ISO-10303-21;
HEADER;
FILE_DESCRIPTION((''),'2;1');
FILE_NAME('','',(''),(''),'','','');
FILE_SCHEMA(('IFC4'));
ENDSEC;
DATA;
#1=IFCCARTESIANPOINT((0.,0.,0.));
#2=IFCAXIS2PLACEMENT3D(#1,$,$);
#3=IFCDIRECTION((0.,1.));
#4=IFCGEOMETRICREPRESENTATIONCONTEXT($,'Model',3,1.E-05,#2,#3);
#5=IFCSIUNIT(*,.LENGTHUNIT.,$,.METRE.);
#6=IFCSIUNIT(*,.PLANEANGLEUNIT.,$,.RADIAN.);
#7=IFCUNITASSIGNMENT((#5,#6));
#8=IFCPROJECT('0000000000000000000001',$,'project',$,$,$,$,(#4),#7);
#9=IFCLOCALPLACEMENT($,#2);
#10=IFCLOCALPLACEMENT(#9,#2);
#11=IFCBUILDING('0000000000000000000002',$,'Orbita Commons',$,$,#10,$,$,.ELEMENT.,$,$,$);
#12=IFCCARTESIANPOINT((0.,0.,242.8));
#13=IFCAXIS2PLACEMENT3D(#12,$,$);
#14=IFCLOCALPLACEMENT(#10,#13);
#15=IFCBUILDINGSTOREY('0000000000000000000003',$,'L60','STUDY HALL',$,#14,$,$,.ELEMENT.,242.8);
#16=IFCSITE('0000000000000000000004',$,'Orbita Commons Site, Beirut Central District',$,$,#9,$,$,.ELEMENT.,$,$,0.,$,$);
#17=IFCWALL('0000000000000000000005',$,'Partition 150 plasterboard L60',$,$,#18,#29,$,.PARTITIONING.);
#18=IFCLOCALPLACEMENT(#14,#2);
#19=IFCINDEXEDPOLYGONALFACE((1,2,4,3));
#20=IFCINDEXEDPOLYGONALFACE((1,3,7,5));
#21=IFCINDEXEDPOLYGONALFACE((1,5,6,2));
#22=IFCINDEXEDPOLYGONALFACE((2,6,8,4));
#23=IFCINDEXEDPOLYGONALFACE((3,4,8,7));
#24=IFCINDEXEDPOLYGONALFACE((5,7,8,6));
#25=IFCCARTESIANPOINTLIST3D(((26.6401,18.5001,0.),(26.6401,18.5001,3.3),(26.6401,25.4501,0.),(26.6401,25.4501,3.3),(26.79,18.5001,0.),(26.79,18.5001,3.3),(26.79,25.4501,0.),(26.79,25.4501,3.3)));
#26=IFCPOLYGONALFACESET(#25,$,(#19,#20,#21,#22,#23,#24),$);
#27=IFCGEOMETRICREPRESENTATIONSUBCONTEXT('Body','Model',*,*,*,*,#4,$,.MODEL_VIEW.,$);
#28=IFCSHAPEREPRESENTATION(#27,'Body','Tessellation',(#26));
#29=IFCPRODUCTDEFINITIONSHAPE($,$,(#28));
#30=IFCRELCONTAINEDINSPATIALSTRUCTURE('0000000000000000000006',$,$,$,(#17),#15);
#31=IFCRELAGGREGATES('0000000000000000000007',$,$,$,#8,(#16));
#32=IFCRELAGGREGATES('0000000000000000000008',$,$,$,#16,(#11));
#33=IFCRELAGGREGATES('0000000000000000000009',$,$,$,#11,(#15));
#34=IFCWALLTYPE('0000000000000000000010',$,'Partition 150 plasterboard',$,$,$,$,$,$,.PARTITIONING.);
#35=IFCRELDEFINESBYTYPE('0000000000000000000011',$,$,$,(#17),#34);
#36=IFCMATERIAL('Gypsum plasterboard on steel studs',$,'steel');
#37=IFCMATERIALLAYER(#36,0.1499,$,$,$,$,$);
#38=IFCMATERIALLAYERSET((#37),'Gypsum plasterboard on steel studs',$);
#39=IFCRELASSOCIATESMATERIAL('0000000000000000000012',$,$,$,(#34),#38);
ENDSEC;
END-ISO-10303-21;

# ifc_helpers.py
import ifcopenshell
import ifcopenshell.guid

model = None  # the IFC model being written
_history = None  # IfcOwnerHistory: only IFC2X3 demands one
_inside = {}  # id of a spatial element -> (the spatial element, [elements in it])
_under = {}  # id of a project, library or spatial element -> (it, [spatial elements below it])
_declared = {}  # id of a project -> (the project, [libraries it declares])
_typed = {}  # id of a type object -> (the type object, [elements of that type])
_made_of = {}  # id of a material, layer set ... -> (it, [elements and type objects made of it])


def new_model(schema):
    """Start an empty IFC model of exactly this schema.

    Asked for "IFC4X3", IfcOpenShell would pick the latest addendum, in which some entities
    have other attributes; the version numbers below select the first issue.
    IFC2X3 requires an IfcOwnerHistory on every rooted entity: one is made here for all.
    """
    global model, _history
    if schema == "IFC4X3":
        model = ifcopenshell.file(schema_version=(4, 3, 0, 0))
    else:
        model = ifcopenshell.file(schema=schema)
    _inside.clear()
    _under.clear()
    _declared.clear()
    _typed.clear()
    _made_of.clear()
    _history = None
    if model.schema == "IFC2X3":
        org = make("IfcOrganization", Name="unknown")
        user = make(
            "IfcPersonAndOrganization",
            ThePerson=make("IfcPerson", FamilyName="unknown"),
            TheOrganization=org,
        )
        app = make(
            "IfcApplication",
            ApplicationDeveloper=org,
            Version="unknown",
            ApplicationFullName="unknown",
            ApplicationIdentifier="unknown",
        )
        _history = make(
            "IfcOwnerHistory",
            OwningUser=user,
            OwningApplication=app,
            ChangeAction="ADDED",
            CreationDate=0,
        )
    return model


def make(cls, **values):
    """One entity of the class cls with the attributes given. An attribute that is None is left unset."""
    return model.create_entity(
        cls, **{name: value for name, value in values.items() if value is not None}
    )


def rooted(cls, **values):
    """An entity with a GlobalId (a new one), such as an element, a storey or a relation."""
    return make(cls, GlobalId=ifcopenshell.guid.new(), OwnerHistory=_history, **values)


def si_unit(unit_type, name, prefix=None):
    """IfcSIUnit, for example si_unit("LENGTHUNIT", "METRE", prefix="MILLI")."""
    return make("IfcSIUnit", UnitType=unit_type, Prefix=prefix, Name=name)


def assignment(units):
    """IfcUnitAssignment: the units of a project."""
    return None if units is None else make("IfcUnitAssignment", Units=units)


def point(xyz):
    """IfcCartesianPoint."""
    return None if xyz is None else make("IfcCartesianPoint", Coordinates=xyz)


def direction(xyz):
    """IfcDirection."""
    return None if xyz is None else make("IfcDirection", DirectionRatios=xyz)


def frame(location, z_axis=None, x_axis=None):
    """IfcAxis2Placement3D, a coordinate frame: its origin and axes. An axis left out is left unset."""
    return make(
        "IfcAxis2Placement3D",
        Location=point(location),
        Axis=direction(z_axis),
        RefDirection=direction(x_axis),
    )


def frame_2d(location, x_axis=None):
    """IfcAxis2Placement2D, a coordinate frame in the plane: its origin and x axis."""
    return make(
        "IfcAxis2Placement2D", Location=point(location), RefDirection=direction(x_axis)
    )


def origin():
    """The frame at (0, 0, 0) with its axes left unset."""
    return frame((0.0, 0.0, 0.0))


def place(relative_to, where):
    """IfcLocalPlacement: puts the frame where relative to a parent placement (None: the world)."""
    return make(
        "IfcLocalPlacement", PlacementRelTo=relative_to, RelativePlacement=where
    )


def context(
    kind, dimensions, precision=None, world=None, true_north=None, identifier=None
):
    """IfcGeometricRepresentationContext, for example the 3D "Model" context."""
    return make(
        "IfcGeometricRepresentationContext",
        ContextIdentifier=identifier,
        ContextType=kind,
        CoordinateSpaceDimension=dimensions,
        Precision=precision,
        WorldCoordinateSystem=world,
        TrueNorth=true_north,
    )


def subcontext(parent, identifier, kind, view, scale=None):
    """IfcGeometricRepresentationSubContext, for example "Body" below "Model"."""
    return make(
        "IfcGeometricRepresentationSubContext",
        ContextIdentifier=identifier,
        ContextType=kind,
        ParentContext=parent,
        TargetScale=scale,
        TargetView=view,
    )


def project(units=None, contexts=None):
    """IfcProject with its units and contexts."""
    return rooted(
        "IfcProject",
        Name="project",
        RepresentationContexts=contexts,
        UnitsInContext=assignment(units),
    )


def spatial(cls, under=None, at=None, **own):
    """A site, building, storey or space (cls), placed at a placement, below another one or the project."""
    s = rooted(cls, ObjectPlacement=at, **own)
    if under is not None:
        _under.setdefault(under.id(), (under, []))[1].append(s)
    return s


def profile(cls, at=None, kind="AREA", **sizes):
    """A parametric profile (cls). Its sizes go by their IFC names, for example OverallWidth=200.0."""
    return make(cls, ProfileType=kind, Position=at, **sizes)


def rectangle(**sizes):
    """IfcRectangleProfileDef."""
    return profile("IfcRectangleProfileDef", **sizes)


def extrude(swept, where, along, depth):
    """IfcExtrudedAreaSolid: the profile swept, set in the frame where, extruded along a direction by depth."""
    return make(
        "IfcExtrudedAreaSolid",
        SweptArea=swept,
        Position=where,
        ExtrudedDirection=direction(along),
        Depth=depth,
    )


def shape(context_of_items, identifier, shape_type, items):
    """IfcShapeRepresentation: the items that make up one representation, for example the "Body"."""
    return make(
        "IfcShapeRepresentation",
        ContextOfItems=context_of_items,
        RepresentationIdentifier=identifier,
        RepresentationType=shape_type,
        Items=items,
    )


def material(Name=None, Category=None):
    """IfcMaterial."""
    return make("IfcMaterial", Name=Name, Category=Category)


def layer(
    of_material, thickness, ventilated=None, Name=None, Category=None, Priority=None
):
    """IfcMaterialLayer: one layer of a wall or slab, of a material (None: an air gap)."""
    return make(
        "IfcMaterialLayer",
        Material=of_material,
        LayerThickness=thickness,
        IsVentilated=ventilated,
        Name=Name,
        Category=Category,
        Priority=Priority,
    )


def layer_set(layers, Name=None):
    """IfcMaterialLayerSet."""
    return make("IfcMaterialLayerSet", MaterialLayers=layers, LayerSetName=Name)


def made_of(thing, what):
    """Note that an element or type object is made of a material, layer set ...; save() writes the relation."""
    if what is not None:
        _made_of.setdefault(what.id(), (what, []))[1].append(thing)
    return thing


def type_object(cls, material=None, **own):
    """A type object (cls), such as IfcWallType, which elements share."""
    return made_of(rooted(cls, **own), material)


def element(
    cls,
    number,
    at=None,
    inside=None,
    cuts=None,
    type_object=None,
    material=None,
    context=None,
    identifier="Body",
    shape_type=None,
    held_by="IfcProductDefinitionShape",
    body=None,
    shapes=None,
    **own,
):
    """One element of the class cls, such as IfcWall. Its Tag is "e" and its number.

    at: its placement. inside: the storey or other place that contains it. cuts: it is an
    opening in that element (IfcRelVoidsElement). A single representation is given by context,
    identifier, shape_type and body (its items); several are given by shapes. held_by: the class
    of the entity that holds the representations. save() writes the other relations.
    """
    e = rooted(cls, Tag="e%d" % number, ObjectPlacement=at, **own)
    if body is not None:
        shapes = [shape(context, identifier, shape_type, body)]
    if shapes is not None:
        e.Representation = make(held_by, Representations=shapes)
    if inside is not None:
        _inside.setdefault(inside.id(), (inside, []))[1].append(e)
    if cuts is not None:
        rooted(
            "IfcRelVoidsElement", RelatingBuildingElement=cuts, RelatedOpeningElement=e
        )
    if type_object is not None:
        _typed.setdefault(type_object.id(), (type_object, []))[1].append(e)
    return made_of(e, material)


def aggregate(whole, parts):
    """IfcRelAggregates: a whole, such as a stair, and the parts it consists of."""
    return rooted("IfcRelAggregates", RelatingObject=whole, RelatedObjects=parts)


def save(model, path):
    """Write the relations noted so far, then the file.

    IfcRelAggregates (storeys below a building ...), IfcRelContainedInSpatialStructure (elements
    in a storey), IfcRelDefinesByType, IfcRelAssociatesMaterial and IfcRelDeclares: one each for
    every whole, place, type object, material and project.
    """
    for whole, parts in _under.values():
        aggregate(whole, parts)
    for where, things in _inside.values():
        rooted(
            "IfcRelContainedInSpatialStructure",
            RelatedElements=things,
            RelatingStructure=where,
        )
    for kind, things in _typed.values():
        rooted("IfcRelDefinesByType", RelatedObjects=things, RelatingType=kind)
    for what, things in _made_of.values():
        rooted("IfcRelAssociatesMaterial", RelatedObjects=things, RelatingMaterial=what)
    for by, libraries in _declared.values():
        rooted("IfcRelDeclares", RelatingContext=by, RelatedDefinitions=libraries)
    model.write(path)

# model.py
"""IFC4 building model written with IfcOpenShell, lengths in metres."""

from ifc_helpers import new_model, si_unit, direction, frame, frame_2d, origin, place, context, subcontext, project, spatial, rectangle, extrude, material, layer, layer_set, type_object, element, save


model = new_model("IFC4")

# Units and contexts
model_context = context("Model", 3, precision=1e-05, world=origin(), true_north=direction((0.0, 1.0)))
body_context = subcontext(model_context, "Body", "Model", "MODEL_VIEW")
ifc_project = project(units=[si_unit("LENGTHUNIT", "METRE"), si_unit("PLANEANGLEUNIT", "RADIAN")], contexts=[model_context])

# Site, building, storey
site_placement = place(None, origin())
site = spatial("IfcSite", under=ifc_project, at=site_placement, Name="Orbita Commons Site, Beirut Central District", CompositionType="ELEMENT", RefElevation=0.0)
building_placement = place(site_placement, origin())
building = spatial("IfcBuilding", under=site, at=building_placement, Name="Orbita Commons", CompositionType="ELEMENT")
storey_placement = place(building_placement, frame((0.0, 0.0, 242.8)))
storey = spatial("IfcBuildingStorey", under=building, at=storey_placement, Name="L60", Description="STUDY HALL", CompositionType="ELEMENT", Elevation=242.8)

# Wall
ifc_material_1 = material(Name="Gypsum plasterboard on steel studs", Category="steel")
ifc_layer_1 = layer(ifc_material_1, 0.1499)
ifc_layer_set_1 = layer_set([ifc_layer_1], Name="Gypsum plasterboard on steel studs")
wall_type_1 = type_object("IfcWallType", Name="Partition 150 plasterboard", PredefinedType="PARTITIONING", material=ifc_layer_set_1)
wall_1_placement = place(storey_placement, frame((26.7151, 18.5, 0.0), z_axis=(0.0, 0.0, 1.0), x_axis=(0.0, 1.0, 0.0)))
element("IfcWall", 1, at=wall_1_placement, inside=storey, type_object=wall_type_1, Name="Partition 150 plasterboard L60", PredefinedType="PARTITIONING", context=body_context, shape_type="SweptSolid", body=[
    extrude(rectangle(XDim=6.95, YDim=0.1499, at=frame_2d((3.4751, 0.0))), origin(), (0.0, 0.0, 1.0), 3.3),
])

save(model, "model.ifc")
